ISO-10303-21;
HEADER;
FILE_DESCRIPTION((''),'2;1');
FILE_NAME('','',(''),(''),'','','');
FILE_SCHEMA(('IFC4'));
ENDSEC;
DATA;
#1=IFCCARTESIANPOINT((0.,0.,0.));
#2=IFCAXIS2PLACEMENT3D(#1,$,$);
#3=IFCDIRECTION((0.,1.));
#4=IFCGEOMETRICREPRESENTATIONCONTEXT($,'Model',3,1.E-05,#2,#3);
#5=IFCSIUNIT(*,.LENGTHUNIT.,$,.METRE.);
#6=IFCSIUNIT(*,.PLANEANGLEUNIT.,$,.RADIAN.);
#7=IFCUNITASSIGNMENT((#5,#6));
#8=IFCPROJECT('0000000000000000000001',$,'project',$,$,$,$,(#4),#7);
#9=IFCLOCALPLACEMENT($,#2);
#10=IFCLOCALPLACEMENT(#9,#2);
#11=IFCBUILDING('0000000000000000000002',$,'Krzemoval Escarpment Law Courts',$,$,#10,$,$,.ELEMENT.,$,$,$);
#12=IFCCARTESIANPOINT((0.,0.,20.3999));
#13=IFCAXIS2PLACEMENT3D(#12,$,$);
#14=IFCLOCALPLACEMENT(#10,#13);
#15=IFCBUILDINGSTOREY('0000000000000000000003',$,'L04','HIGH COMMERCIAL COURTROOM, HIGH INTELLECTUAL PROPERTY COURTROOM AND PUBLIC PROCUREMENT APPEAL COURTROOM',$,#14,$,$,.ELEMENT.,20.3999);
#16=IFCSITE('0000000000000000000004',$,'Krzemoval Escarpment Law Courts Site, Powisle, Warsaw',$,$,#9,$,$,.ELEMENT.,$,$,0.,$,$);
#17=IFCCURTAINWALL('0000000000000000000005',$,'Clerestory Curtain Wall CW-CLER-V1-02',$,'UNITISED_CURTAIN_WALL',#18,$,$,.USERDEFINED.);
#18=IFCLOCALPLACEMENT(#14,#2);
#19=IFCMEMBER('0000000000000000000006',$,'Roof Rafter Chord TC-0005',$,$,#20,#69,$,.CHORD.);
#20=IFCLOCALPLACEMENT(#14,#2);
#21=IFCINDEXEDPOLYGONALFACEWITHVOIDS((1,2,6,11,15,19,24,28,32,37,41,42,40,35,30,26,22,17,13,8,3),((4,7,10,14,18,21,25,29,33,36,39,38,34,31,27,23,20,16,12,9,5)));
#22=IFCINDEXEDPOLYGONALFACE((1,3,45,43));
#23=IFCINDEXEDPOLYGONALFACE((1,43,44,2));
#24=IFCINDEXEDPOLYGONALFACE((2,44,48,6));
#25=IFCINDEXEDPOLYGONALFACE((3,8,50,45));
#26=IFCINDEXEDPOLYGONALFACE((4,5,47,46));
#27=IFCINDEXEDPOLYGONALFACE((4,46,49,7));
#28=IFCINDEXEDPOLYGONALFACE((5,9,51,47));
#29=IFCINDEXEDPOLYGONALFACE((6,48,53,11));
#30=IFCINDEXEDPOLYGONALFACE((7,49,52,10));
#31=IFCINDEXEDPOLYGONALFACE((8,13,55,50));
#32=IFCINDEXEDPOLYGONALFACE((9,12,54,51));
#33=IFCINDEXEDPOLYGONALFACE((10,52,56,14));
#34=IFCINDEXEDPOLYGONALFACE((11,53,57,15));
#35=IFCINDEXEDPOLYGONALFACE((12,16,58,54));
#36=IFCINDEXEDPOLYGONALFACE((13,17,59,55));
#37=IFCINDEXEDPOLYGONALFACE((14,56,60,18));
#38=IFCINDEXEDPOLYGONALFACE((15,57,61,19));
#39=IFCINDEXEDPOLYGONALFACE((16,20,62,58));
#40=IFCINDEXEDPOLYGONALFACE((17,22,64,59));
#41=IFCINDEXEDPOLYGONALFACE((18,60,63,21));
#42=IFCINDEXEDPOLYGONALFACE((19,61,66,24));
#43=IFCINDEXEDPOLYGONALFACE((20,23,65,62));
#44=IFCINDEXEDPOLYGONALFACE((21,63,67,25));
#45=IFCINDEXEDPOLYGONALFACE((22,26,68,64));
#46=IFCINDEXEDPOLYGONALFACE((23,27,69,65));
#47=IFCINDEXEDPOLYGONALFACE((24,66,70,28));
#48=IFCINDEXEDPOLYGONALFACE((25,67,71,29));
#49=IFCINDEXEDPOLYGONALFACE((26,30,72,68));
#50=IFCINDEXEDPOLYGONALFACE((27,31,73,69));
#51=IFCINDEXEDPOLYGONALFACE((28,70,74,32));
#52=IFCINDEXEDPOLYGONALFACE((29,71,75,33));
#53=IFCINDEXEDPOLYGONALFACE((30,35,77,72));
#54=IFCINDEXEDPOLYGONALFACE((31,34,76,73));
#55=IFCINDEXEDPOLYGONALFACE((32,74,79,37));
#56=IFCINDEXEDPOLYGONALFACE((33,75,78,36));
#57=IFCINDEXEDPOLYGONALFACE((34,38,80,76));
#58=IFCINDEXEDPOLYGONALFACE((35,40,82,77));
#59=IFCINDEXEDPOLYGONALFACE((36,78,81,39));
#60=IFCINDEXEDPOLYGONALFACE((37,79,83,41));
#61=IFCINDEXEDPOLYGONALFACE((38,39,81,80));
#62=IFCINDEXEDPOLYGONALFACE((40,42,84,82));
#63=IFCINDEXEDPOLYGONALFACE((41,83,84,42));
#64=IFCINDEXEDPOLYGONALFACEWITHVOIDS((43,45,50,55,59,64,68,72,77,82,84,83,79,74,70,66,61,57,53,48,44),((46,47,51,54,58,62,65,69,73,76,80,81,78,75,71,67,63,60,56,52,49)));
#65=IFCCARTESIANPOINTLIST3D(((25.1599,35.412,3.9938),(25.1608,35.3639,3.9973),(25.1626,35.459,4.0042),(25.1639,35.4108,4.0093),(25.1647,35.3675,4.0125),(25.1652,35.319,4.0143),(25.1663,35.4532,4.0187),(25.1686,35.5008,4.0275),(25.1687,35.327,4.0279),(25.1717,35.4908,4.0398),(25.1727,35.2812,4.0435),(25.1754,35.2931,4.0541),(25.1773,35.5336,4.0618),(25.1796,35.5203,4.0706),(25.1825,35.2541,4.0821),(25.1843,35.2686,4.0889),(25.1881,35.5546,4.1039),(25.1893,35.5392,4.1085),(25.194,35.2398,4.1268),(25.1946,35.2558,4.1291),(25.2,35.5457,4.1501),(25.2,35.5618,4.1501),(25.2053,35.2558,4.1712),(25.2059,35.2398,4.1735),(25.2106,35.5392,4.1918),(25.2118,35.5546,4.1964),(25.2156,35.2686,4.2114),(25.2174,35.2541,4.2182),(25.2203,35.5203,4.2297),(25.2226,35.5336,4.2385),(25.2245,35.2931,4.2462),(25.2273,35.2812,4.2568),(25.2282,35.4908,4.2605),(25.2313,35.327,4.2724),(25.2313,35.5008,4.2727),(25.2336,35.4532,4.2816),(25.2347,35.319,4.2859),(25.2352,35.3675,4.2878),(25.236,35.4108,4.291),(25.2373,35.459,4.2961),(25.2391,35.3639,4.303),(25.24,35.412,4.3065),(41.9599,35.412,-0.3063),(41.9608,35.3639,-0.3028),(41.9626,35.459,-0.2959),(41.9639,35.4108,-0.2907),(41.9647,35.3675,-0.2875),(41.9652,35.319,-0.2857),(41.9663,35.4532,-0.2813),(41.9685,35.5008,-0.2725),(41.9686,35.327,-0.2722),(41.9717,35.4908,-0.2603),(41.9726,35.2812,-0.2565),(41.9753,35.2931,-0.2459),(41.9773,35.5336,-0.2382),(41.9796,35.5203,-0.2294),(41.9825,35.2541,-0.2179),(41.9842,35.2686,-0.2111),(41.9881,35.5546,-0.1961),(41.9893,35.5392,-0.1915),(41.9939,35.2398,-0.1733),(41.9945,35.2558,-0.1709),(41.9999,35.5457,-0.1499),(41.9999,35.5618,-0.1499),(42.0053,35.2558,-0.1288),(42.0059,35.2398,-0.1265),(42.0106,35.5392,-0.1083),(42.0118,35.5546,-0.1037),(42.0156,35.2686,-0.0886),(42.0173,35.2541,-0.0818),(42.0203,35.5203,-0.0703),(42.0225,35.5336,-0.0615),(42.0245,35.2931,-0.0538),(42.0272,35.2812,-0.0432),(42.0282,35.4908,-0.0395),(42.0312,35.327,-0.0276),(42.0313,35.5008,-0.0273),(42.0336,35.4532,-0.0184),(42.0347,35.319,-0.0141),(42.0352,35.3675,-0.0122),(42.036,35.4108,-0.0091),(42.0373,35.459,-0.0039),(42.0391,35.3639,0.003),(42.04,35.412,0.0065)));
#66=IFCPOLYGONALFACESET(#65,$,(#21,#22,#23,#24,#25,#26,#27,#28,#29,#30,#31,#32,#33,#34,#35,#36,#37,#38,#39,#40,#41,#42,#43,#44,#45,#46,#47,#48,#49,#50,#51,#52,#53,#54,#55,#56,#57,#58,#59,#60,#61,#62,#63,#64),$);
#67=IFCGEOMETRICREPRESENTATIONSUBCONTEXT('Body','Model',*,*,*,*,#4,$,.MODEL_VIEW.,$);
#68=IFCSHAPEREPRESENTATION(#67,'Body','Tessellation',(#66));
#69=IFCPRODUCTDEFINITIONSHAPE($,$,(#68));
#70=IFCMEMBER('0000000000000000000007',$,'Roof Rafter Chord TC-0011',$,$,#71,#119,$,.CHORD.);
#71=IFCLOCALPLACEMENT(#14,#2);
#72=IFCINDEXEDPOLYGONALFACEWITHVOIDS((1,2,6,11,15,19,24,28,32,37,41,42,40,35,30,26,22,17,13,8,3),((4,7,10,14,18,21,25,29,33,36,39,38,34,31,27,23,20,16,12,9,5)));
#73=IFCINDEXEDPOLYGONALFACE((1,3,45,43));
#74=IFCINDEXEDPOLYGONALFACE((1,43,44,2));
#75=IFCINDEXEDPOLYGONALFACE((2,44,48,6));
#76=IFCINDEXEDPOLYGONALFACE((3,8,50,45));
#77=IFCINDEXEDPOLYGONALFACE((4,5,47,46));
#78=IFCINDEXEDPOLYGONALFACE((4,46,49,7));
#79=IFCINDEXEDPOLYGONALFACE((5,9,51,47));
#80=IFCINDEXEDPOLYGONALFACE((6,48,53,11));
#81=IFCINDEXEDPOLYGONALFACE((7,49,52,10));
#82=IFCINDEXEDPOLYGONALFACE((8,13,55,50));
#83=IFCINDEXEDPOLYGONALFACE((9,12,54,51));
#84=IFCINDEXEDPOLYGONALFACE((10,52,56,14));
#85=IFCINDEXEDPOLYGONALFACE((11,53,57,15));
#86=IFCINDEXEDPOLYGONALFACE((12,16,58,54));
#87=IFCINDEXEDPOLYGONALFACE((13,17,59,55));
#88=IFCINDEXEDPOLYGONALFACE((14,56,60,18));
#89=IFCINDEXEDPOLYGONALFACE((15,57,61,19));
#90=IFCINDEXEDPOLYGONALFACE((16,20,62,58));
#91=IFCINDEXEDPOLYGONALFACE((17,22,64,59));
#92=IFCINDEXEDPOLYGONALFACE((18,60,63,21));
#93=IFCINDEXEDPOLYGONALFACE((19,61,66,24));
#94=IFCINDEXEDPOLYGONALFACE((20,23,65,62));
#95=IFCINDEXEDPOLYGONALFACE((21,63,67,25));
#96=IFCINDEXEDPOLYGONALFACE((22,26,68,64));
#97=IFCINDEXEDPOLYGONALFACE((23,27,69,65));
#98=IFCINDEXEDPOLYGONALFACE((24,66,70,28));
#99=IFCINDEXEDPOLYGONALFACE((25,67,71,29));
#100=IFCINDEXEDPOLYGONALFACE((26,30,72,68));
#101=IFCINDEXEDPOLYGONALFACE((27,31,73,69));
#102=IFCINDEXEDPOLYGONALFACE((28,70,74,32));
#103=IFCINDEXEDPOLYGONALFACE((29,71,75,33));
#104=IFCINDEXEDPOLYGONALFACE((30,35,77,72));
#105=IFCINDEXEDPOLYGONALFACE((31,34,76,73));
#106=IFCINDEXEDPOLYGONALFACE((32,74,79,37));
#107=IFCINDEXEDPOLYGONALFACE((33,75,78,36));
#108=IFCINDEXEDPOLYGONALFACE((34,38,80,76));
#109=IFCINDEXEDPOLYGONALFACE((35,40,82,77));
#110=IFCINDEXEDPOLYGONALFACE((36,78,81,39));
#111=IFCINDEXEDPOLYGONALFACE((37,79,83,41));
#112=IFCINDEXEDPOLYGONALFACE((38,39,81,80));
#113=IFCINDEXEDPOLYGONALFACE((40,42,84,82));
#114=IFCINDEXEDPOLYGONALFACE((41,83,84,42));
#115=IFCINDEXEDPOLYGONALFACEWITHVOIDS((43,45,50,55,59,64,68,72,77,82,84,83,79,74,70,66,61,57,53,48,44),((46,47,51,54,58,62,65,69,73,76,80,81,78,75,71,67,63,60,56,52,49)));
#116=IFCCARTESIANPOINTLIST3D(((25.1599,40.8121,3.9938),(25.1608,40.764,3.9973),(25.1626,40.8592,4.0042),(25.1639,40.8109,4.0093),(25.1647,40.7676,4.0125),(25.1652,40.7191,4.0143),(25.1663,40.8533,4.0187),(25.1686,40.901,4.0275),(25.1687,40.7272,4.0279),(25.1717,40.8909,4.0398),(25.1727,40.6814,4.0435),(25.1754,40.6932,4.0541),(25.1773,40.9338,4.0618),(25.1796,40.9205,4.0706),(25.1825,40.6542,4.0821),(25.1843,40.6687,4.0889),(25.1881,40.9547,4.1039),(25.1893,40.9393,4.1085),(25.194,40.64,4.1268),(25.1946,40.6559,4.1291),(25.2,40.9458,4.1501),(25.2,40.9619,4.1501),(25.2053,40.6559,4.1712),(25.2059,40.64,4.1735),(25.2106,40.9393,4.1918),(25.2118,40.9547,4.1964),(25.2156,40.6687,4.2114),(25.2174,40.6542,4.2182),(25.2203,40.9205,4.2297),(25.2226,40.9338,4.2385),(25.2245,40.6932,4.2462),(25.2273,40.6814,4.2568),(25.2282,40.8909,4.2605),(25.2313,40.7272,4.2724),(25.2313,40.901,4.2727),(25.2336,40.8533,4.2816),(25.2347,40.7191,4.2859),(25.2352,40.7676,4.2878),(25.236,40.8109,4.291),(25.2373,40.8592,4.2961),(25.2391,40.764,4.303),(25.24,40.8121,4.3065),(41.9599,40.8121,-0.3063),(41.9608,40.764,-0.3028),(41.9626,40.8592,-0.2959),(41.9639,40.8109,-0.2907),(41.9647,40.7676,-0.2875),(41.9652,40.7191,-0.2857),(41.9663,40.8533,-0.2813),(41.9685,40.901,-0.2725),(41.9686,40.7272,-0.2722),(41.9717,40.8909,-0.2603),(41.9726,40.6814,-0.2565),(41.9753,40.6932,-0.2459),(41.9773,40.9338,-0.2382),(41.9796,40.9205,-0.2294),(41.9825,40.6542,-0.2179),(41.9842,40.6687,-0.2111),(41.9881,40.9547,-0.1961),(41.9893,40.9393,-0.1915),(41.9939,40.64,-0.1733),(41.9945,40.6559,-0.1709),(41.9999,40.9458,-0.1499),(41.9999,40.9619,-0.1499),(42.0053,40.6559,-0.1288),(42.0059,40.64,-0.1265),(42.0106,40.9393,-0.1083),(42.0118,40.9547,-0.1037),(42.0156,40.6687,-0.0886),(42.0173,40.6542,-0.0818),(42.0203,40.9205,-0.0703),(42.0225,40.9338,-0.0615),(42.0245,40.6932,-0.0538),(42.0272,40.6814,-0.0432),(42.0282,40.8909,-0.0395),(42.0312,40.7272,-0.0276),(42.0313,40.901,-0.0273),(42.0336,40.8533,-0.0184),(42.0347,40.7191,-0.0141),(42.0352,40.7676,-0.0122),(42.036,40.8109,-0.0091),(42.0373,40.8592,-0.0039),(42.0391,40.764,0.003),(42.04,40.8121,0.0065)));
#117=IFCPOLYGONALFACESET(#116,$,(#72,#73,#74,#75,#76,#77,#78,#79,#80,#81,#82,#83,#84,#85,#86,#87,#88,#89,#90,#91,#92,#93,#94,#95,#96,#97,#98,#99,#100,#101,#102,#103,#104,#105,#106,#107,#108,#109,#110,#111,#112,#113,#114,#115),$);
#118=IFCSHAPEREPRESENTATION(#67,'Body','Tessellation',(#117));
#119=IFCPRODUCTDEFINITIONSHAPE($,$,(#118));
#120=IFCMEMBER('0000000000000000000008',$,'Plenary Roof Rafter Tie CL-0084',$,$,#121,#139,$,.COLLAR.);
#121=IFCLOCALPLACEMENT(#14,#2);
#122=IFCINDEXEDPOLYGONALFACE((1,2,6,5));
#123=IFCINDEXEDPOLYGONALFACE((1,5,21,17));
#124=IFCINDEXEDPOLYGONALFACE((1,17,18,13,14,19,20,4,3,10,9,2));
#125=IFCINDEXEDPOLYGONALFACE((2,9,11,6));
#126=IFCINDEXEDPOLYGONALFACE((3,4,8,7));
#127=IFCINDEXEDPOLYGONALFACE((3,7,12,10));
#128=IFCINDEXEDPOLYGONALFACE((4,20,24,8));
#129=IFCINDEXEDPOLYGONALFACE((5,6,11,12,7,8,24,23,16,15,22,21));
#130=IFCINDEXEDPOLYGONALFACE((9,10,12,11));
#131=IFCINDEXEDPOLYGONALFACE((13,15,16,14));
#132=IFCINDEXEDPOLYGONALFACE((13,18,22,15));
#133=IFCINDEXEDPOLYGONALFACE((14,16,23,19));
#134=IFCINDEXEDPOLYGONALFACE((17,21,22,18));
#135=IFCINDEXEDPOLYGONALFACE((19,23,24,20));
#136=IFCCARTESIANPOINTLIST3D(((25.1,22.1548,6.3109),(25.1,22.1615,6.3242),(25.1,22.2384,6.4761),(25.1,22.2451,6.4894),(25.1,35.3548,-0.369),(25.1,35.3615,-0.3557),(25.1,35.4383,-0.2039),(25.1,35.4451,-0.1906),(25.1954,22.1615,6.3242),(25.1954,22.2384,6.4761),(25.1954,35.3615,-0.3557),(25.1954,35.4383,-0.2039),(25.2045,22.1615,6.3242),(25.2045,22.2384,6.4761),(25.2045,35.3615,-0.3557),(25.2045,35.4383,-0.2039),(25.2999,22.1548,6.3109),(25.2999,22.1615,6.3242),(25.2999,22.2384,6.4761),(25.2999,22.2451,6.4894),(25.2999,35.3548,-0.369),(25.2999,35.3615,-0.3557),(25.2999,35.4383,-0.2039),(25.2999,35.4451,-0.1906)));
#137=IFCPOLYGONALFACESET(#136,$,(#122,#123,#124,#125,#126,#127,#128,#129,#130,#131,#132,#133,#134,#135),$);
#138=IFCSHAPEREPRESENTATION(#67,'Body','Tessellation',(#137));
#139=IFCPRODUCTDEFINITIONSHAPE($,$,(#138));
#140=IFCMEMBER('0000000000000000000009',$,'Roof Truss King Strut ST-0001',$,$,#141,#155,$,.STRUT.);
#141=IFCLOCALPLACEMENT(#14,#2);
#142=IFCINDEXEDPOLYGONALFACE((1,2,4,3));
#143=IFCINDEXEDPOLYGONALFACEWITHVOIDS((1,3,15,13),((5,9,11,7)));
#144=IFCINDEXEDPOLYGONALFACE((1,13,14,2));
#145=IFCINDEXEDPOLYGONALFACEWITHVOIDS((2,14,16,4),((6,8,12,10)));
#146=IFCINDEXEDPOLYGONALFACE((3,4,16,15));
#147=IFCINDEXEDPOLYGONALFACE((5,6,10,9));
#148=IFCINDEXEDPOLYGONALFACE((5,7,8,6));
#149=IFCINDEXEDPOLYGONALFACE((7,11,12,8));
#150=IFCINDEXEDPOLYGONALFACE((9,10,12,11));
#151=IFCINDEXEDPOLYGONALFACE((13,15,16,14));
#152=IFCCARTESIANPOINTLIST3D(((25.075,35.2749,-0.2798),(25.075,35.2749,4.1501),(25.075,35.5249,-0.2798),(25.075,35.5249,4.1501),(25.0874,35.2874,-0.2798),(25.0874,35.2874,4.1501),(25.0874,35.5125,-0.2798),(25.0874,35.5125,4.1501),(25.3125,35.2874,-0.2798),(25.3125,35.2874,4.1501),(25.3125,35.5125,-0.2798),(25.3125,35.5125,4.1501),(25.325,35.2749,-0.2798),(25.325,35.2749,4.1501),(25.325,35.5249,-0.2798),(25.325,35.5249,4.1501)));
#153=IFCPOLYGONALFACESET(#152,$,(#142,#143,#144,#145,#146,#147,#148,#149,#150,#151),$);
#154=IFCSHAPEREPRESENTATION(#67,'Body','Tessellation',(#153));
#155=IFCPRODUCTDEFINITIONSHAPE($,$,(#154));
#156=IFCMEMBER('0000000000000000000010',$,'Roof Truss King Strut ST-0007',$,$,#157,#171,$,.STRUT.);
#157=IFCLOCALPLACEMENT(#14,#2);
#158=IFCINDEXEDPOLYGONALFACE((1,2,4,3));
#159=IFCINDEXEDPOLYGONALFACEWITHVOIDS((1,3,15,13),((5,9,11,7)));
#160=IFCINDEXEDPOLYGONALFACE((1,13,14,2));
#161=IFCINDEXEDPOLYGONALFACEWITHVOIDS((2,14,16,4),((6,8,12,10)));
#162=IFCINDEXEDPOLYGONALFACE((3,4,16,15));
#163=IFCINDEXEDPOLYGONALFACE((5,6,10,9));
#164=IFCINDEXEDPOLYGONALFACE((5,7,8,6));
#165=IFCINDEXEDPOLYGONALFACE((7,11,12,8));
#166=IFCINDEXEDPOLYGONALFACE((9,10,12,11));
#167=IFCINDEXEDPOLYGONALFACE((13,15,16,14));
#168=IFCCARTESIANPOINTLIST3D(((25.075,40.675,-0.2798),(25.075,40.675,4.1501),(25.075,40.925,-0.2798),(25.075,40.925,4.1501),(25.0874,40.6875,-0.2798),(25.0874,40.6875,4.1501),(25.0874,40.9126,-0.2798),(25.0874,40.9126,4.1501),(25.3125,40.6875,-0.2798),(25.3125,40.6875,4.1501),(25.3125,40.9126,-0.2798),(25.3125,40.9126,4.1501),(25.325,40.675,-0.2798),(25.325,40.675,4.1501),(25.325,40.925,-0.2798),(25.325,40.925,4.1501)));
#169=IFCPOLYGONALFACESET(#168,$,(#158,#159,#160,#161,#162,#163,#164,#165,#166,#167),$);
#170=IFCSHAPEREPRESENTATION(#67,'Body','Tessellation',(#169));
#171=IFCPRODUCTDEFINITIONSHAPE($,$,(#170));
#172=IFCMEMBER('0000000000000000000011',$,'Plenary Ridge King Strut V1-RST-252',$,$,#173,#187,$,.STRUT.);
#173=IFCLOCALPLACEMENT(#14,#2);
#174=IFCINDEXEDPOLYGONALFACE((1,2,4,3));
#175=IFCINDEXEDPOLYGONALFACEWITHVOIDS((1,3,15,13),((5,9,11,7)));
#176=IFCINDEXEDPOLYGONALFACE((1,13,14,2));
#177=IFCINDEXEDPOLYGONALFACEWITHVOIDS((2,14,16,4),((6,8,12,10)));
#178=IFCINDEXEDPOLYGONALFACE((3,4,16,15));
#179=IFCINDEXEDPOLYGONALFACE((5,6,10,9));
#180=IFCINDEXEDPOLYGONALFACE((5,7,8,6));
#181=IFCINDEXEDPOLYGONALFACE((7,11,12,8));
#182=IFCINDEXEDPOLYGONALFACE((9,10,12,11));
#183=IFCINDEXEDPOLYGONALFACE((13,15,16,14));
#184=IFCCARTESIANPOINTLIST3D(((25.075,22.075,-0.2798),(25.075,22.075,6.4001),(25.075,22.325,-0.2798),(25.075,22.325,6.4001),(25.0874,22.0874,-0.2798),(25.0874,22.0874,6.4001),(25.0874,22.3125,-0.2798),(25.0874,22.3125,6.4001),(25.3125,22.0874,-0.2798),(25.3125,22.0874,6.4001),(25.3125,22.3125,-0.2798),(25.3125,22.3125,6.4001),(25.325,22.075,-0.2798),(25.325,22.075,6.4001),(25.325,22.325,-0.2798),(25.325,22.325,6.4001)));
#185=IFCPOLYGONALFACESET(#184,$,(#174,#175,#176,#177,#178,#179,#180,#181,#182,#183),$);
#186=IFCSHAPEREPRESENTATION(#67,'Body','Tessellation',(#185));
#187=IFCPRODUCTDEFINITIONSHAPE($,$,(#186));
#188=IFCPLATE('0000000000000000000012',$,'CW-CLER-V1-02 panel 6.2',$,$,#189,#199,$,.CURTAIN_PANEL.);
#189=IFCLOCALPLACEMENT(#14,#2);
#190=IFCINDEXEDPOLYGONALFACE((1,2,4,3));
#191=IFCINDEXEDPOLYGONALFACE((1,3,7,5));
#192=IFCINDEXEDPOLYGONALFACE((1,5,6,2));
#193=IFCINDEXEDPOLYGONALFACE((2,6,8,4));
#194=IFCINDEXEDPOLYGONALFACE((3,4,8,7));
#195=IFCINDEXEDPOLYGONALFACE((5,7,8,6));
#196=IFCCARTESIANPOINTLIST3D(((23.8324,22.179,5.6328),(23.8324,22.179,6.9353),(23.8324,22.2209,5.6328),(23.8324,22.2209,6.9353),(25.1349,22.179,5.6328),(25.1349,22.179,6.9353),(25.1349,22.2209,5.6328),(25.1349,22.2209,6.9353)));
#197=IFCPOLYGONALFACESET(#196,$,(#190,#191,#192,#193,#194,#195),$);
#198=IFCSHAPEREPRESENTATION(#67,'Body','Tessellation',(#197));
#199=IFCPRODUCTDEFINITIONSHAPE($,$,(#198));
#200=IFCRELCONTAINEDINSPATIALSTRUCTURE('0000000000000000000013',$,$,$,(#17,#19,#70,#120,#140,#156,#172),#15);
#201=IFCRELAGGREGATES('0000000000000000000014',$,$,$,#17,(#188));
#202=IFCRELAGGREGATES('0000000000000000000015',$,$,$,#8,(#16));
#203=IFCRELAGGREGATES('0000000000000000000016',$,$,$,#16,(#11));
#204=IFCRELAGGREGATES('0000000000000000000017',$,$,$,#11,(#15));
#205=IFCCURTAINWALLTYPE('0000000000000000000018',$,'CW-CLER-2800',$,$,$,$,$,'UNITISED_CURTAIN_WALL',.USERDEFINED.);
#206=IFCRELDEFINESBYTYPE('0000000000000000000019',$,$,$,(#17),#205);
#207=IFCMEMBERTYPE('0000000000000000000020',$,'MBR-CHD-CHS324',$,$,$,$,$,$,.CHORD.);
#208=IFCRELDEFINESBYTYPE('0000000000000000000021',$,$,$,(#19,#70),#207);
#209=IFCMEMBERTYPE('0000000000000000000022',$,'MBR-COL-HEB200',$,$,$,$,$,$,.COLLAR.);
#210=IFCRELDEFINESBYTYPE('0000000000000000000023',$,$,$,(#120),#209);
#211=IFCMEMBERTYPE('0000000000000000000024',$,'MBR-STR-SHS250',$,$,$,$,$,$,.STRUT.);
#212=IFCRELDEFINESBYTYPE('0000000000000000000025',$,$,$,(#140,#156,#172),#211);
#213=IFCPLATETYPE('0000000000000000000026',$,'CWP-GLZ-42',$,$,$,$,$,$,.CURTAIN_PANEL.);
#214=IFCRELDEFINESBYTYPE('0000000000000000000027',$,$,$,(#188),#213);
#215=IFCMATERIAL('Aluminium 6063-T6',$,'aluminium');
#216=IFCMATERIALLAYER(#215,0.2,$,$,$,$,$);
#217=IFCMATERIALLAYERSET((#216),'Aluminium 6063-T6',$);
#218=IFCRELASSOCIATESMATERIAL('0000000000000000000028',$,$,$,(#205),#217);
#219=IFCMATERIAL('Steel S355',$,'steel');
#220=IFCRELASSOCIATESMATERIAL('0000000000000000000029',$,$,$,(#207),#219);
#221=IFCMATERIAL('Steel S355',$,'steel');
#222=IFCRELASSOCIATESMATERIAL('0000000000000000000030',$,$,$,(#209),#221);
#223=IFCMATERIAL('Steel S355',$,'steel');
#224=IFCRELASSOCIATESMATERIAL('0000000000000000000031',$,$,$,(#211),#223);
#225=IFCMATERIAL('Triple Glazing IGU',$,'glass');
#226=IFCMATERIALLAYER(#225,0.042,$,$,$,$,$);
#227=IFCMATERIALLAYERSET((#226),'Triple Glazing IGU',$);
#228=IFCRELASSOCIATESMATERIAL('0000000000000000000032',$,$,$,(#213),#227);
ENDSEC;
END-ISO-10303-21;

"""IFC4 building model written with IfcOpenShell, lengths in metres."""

from ifc_helpers import new_model, si_unit, direction, frame, origin, origin_2d, place, context, subcontext, project, spatial, rectangle, hollow_rectangle, hollow_circle, i_section, extrude, material, layer, layer_set, material_profile, profile_set, type_object, element, aggregate, save


model = new_model("IFC4")

# Units and contexts
model_context = context("Model", 3, precision=1e-05, world=origin(), true_north=direction((0.0, 1.0)))
body_context = subcontext(model_context, "Body", "Model", "MODEL_VIEW")
ifc_project = project(units=[si_unit("LENGTHUNIT", "METRE"), si_unit("PLANEANGLEUNIT", "RADIAN")], contexts=[model_context])

# Site, building, storey
site_placement = place(None, origin())
site = spatial("IfcSite", under=ifc_project, at=site_placement, Name="Krzemoval Escarpment Law Courts Site, Powisle, Warsaw", CompositionType="ELEMENT", RefElevation=0.0)
building_placement = place(site_placement, origin())
building = spatial("IfcBuilding", under=site, at=building_placement, Name="Krzemoval Escarpment Law Courts", CompositionType="ELEMENT")
storey_placement = place(building_placement, frame((0.0, 0.0, 20.3999)))
storey = spatial("IfcBuildingStorey", under=building, at=storey_placement, Name="L04", Description="HIGH COMMERCIAL COURTROOM, HIGH INTELLECTUAL PROPERTY COURTROOM AND PUBLIC PROCUREMENT APPEAL COURTROOM", CompositionType="ELEMENT", Elevation=20.3999)

# Curtain wall
ifc_material_1 = material(Name="Aluminium 6063-T6", Category="aluminium")
ifc_layer_1 = layer(ifc_material_1, 0.2)
ifc_layer_set_1 = layer_set([ifc_layer_1], Name="Aluminium 6063-T6")
curtain_wall_type = type_object("IfcCurtainWallType", Name="CW-CLER-2800", ElementType="UNITISED_CURTAIN_WALL", PredefinedType="USERDEFINED", material=ifc_layer_set_1)
curtain_wall_1_placement = place(storey_placement, origin())
curtain_wall_1 = element("IfcCurtainWall", 1, at=curtain_wall_1_placement, inside=storey, type_object=curtain_wall_type, Name="Clerestory Curtain Wall CW-CLER-V1-02", ObjectType="UNITISED_CURTAIN_WALL", PredefinedType="USERDEFINED")

# Members
ifc_material_2 = material(Name="Steel S355", Category="steel")
ifc_material_profile_1 = material_profile(ifc_material_2, hollow_circle(Radius=0.1619, WallThickness=0.0161, at=origin_2d()), Name="CHS 323.9x16")
ifc_profile_set_1 = profile_set([ifc_material_profile_1], Name="Steel S355")
member_type_1 = type_object("IfcMemberType", Name="MBR-CHD-CHS324", PredefinedType="CHORD", material=ifc_profile_set_1)
for number, where, z_axis, x_axis, name in (
    (2, (25.2, 35.3999, 4.1501), (0.96877, 0.0, -0.247961), (0.0, 1.0, 0.0), "Roof Rafter Chord TC-0005"),
    (3, (25.2, 40.8, 4.1501), (0.96877, 0.0, -0.247961), (0.0, 1.0, 0.0), "Roof Rafter Chord TC-0011"),
):
    element("IfcMember", number, at=place(storey_placement, frame(where, z_axis=z_axis, x_axis=x_axis)), inside=storey, type_object=member_type_1, Name=name, PredefinedType="CHORD", context=body_context, shape_type="SweptSolid", body=[
        extrude(hollow_circle(Radius=0.1619, WallThickness=0.0161, at=origin_2d()), origin(), (0.0, 0.0, 1.0), 17.3416),
    ])
ifc_material_3 = material(Name="Steel S355", Category="steel")
ifc_material_profile_2 = material_profile(ifc_material_3, i_section(OverallWidth=0.2, OverallDepth=0.2, WebThickness=0.009, FlangeThickness=0.0149, at=origin_2d()), Name="HEB 200")
ifc_profile_set_2 = profile_set([ifc_material_profile_2], Name="Steel S355")
member_type_2 = type_object("IfcMemberType", Name="MBR-COL-HEB200", PredefinedType="COLLAR", material=ifc_profile_set_2)
member_1_placement = place(storey_placement, frame((25.2, 22.2, 6.4001), z_axis=(0.0, 0.892255, -0.451532), x_axis=(-1.0, 0.0, 0.0)))
element("IfcMember", 4, at=member_1_placement, inside=storey, type_object=member_type_2, Name="Plenary Roof Rafter Tie CL-0084", PredefinedType="COLLAR", context=body_context, shape_type="SweptSolid", body=[
    extrude(i_section(OverallWidth=0.2, OverallDepth=0.2, WebThickness=0.009, FlangeThickness=0.0149, at=origin_2d()), origin(), (0.0, 0.0, 1.0), 14.7939),
])
ifc_material_4 = material(Name="Steel S355", Category="steel")
ifc_material_profile_3 = material_profile(ifc_material_4, hollow_rectangle(XDim=0.25, YDim=0.25, WallThickness=0.0125, at=origin_2d()), Name="SHS 250x250x12.5")
ifc_profile_set_3 = profile_set([ifc_material_profile_3], Name="Steel S355")
member_type_3 = type_object("IfcMemberType", Name="MBR-STR-SHS250", PredefinedType="STRUT", material=ifc_profile_set_3)
for number, where, z_axis, x_axis, name in (
    (5, (25.2, 35.3999, -0.2798), (0.0, 0.0, 1.0), (1.0, 0.0, 0.0), "Roof Truss King Strut ST-0001"),
    (6, (25.2, 40.8, -0.2798), (0.0, 0.0, 1.0), (1.0, 0.0, 0.0), "Roof Truss King Strut ST-0007"),
):
    element("IfcMember", number, at=place(storey_placement, frame(where, z_axis=z_axis, x_axis=x_axis)), inside=storey, type_object=member_type_3, Name=name, PredefinedType="STRUT", context=body_context, shape_type="SweptSolid", body=[
        extrude(hollow_rectangle(XDim=0.25, YDim=0.25, WallThickness=0.0125, at=origin_2d()), origin(), (0.0, 0.0, 1.0), 4.4299),
    ])
member_2_placement = place(storey_placement, frame((25.2, 22.2, -0.2798), z_axis=(0.0, 0.0, 1.0), x_axis=(1.0, 0.0, 0.0)))
element("IfcMember", 7, at=member_2_placement, inside=storey, type_object=member_type_3, Name="Plenary Ridge King Strut V1-RST-252", PredefinedType="STRUT", context=body_context, shape_type="SweptSolid", body=[
    extrude(hollow_rectangle(XDim=0.25, YDim=0.25, WallThickness=0.0125, at=origin_2d()), origin(), (0.0, 0.0, 1.0), 6.6799),
])

# Plate
ifc_material_5 = material(Name="Triple Glazing IGU", Category="glass")
ifc_layer_2 = layer(ifc_material_5, 0.042)
ifc_layer_set_2 = layer_set([ifc_layer_2], Name="Triple Glazing IGU")
plate_type_1 = type_object("IfcPlateType", Name="CWP-GLZ-42", PredefinedType="CURTAIN_PANEL", material=ifc_layer_set_2)
plate_placement = place(storey_placement, frame((24.4836, 22.2, 5.6328), z_axis=(0.0, 0.0, 1.0), x_axis=(1.0, 0.0, 0.0)))
plate = element("IfcPlate", 8, at=plate_placement, type_object=plate_type_1, Name="CW-CLER-V1-02 panel 6.2", PredefinedType="CURTAIN_PANEL", context=body_context, shape_type="SweptSolid", body=[
    extrude(rectangle(XDim=1.3025, YDim=0.042, at=origin_2d()), origin(), (0.0, 0.0, 1.0), 1.3025),
])
aggregate(curtain_wall_1, [plate])

save(model, "model.ifc")
